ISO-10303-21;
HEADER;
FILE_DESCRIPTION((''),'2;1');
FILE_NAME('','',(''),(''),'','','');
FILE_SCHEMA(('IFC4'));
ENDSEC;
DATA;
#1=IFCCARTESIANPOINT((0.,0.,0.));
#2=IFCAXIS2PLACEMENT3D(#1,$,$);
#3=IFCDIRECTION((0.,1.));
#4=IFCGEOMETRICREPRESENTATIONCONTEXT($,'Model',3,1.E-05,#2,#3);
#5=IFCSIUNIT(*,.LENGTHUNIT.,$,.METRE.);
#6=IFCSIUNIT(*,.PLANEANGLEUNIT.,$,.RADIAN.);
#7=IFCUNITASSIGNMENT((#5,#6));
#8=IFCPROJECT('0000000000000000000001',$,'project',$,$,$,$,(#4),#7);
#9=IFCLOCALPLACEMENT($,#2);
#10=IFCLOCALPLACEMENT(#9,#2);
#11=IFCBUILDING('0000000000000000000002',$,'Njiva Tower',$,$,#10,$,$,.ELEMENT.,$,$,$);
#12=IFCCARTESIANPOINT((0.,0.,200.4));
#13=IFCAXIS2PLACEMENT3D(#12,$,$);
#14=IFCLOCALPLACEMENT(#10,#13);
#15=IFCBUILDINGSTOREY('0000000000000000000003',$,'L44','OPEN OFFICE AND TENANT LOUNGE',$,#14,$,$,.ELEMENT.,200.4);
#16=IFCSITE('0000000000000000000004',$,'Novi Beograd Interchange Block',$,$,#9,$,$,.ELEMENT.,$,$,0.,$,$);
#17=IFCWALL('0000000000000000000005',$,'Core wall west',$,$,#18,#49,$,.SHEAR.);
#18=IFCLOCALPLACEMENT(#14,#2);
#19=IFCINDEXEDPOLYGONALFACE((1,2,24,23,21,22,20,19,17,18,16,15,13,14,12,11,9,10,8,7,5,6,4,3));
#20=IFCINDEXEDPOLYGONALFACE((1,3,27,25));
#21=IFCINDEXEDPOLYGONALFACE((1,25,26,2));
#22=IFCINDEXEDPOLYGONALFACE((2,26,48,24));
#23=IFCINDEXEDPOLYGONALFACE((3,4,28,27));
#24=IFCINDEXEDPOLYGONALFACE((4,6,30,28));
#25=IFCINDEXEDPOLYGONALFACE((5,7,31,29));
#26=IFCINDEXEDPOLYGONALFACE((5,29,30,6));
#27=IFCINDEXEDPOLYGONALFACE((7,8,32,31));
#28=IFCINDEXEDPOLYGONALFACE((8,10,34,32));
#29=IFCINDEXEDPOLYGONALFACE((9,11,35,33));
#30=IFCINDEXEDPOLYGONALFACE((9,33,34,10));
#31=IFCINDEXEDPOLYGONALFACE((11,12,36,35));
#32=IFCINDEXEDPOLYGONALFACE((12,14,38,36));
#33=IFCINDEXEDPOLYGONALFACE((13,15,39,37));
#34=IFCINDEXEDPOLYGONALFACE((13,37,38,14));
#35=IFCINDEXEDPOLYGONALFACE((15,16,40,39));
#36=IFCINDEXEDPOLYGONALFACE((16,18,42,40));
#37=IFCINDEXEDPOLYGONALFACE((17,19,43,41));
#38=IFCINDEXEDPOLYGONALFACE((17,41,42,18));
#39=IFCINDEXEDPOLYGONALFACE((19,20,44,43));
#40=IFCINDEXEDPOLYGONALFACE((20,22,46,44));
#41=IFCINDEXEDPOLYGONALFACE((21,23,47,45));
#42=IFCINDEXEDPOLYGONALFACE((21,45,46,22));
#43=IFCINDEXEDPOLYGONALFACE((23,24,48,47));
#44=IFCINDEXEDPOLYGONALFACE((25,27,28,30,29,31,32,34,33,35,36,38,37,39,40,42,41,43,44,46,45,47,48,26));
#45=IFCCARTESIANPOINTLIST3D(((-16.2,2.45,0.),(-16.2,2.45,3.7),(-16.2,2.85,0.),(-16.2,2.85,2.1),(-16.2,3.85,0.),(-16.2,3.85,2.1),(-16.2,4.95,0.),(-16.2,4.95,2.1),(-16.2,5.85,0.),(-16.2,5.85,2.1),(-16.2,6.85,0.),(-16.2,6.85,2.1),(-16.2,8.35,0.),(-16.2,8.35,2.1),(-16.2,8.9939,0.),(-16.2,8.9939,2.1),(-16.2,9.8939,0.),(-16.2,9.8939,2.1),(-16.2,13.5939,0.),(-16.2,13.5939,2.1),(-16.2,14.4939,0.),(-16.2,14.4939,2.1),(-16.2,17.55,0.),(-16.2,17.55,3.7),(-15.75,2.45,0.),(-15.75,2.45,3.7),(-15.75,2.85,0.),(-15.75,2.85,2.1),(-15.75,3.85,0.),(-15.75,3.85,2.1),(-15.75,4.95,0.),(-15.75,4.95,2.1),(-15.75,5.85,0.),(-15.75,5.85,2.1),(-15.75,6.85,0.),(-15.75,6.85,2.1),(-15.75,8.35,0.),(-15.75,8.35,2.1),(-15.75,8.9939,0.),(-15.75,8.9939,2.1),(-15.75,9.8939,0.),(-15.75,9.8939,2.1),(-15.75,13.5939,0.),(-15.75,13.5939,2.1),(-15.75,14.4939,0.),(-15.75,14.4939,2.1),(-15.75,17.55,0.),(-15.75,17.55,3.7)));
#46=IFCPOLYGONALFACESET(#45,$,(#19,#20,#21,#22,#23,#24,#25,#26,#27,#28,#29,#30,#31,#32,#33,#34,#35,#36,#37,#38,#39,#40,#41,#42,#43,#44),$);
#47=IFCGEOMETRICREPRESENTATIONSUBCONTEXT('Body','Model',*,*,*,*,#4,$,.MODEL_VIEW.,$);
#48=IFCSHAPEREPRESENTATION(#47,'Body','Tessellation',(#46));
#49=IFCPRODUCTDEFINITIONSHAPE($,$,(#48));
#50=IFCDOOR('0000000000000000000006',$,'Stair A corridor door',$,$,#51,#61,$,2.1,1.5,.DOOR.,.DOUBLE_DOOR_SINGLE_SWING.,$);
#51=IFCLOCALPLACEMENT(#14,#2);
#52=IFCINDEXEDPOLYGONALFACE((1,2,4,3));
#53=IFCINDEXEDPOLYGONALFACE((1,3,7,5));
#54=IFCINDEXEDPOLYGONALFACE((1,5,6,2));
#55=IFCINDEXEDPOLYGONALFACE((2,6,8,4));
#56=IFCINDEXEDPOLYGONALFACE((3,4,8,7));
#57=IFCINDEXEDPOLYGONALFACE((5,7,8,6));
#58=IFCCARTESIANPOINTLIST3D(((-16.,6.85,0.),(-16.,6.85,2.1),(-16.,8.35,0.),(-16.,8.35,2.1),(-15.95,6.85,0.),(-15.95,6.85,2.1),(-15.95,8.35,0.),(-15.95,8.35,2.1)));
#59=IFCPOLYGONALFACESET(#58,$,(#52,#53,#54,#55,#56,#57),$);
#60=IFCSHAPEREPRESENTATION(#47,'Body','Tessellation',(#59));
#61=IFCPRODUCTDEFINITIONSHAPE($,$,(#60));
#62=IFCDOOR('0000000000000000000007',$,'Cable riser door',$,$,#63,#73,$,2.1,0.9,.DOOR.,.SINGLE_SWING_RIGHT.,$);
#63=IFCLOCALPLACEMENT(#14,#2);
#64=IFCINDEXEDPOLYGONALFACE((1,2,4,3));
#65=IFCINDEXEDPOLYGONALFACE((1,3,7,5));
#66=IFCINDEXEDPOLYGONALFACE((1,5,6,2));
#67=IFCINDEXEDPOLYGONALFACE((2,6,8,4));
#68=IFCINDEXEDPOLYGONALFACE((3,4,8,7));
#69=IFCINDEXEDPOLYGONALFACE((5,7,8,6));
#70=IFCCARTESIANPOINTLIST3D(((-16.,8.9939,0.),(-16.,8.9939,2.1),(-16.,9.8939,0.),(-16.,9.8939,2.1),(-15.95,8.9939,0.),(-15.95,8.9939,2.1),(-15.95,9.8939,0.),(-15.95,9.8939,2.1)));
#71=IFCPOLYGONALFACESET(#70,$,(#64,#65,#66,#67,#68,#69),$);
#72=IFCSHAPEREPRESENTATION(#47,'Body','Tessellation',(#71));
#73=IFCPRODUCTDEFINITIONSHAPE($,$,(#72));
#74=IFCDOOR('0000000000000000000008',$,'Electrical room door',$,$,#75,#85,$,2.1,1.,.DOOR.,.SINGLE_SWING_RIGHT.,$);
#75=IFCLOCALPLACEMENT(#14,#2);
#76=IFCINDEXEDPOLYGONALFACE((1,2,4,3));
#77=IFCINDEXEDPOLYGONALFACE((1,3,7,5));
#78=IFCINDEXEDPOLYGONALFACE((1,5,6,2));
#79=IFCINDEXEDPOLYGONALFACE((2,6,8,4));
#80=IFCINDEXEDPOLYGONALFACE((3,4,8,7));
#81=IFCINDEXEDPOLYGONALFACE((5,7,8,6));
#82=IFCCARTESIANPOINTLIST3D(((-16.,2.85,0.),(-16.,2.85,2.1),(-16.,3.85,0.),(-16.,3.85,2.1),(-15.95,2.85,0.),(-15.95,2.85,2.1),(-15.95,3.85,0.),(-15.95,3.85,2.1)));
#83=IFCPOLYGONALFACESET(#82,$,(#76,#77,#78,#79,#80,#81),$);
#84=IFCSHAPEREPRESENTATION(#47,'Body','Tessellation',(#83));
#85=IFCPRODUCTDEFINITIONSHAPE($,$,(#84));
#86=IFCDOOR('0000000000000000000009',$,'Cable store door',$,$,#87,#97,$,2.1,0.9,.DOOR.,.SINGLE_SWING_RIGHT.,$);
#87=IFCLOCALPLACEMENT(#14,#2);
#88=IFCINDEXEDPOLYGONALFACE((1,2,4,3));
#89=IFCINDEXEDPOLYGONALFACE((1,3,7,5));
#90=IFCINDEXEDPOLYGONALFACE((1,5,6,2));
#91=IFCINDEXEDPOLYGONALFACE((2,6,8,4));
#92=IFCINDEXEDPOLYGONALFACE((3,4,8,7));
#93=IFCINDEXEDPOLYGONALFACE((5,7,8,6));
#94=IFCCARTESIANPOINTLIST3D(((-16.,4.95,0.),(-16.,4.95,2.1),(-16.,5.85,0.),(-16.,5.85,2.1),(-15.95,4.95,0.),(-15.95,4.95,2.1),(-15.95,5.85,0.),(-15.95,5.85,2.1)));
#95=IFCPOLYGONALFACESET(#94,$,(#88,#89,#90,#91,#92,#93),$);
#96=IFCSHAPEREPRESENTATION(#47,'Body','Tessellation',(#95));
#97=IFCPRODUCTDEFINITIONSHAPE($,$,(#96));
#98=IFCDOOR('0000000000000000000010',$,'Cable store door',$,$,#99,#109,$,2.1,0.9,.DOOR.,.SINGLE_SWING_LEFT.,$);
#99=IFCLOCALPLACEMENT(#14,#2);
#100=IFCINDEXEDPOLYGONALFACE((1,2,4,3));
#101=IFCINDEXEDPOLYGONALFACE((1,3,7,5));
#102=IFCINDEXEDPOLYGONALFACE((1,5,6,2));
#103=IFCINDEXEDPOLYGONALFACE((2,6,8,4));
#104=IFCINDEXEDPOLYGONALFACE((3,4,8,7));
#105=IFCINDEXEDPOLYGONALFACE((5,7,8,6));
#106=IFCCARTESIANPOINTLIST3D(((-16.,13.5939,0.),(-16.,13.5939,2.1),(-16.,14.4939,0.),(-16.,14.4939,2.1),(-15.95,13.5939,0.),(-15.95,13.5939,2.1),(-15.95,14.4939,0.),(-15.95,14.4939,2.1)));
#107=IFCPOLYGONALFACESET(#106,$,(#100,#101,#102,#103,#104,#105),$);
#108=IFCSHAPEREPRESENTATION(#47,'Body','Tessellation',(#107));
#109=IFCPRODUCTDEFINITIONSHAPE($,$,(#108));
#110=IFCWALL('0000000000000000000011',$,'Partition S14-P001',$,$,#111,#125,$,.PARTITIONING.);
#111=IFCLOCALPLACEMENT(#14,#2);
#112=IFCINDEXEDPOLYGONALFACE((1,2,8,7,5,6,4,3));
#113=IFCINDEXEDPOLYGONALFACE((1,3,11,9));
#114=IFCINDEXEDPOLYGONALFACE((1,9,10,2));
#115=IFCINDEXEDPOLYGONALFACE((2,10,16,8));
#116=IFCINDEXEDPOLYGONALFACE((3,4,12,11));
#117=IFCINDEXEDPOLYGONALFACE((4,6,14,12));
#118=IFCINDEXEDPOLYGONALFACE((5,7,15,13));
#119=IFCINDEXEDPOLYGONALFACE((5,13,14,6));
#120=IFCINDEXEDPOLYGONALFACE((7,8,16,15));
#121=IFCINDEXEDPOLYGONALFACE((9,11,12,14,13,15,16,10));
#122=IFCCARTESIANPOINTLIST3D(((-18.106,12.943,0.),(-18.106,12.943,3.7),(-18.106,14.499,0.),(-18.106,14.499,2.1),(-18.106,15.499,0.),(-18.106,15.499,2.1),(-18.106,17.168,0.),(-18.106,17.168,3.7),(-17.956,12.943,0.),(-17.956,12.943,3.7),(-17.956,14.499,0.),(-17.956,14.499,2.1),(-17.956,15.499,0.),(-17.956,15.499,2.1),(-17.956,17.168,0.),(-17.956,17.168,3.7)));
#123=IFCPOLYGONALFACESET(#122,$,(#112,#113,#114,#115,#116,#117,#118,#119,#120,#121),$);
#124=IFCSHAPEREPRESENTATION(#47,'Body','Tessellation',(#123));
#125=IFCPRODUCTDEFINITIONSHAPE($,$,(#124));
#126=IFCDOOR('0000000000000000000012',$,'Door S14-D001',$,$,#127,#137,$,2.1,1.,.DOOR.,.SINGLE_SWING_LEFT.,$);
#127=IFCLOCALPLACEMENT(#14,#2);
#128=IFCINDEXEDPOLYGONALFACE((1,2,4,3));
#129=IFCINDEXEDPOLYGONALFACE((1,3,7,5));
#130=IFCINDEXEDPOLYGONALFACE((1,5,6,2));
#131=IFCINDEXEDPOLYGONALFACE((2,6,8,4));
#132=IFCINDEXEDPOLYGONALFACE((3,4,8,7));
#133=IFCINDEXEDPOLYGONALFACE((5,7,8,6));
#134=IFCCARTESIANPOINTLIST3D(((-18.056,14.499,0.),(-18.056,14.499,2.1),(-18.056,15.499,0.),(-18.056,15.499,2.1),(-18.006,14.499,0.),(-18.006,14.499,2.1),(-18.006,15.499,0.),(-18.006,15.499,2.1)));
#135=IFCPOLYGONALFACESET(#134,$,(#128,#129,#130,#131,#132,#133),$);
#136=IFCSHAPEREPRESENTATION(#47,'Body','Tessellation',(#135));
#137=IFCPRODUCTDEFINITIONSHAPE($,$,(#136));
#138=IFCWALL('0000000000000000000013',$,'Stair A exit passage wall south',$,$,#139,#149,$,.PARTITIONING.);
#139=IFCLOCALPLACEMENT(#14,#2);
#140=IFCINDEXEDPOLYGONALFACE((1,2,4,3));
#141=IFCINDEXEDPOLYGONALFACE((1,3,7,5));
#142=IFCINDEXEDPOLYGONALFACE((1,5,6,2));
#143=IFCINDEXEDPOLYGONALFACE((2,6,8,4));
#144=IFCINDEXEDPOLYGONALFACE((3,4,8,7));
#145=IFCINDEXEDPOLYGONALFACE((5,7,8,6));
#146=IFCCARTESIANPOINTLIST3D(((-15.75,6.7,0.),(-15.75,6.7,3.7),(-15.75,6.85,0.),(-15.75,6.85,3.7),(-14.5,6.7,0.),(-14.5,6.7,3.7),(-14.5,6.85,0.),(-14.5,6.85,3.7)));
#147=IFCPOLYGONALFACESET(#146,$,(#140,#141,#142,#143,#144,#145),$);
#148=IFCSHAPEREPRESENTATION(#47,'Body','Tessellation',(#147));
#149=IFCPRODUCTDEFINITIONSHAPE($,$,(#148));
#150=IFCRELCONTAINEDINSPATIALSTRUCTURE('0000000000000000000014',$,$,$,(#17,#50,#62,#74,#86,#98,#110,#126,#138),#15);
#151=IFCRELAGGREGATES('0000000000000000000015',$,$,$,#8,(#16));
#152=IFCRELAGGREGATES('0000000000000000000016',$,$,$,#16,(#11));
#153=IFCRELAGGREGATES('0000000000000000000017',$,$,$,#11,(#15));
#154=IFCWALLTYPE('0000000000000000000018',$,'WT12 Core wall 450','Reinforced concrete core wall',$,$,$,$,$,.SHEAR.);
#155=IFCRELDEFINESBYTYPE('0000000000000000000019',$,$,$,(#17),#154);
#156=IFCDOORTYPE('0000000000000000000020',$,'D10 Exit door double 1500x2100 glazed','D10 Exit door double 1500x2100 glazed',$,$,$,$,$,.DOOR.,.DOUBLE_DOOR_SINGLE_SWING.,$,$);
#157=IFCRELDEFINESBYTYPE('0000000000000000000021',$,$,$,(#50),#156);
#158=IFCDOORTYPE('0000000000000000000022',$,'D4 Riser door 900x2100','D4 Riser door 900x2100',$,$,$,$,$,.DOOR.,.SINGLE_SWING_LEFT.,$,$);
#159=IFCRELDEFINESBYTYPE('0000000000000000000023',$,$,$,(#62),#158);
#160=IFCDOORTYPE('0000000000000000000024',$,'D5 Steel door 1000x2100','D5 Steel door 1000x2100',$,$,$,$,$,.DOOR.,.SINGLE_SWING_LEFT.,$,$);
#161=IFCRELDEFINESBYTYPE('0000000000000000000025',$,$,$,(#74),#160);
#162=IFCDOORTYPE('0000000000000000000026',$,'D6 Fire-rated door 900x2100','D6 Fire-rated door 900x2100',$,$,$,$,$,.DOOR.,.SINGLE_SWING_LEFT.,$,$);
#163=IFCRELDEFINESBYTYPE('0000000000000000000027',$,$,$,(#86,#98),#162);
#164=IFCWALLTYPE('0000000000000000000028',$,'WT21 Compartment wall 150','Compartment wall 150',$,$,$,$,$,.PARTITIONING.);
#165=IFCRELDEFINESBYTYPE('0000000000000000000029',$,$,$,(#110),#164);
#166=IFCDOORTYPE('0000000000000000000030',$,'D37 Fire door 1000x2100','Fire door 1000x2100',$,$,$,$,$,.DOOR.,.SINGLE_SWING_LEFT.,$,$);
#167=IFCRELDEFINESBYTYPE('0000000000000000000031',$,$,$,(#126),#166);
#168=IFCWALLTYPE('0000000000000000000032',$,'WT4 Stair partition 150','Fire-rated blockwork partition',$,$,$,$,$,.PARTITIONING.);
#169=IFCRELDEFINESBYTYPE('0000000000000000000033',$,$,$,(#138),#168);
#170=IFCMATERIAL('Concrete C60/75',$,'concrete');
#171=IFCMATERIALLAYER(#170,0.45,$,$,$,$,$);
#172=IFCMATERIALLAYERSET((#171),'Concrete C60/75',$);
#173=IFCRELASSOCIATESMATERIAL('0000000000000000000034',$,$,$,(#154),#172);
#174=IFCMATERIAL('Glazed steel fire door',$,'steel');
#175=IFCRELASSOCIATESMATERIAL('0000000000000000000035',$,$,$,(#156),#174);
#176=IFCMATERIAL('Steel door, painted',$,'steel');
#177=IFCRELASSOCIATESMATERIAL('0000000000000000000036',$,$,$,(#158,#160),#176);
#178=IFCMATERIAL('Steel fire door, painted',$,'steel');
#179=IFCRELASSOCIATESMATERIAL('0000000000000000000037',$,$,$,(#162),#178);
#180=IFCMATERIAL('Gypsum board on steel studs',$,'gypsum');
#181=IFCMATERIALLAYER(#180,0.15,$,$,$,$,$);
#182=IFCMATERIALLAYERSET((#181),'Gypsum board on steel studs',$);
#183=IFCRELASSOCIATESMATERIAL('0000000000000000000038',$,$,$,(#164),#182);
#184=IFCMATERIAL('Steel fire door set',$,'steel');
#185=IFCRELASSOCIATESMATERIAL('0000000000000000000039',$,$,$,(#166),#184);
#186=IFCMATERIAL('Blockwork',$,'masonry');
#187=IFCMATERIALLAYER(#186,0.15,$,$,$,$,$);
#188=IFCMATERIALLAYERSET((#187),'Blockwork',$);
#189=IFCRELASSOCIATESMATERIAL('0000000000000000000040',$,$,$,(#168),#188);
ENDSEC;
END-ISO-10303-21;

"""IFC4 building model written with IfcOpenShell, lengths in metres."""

from ifc_helpers import new_model, si_unit, direction, frame, frame_2d, origin, place, context, subcontext, project, spatial, rectangle, extrude, material, layer, layer_set, type_object, element, fill, save


model = new_model("IFC4")

# Units and contexts
model_context = context("Model", 3, precision=1e-05, world=origin(), true_north=direction((0.0, 1.0)))
body_context = subcontext(model_context, "Body", "Model", "MODEL_VIEW")
ifc_project = project(units=[si_unit("LENGTHUNIT", "METRE"), si_unit("PLANEANGLEUNIT", "RADIAN")], contexts=[model_context])

# Site, building, storey
site_placement = place(None, origin())
site = spatial("IfcSite", under=ifc_project, at=site_placement, Name="Novi Beograd Interchange Block", CompositionType="ELEMENT", RefElevation=0.0)
building_placement = place(site_placement, origin())
building = spatial("IfcBuilding", under=site, at=building_placement, Name="Njiva Tower", CompositionType="ELEMENT")
storey_placement = place(building_placement, frame((0.0, 0.0, 200.4)))
storey = spatial("IfcBuildingStorey", under=building, at=storey_placement, Name="L44", Description="OPEN OFFICE AND TENANT LOUNGE", CompositionType="ELEMENT", Elevation=200.4)

# Shared definitions
ifc_material_1 = material(Name="Blockwork", Category="masonry")

# Wall, openings, doors
ifc_material_2 = material(Name="Concrete C60/75", Category="concrete")
ifc_layer_1 = layer(ifc_material_2, 0.45)
ifc_layer_set_1 = layer_set([ifc_layer_1], Name="Concrete C60/75")
wall_type_1 = type_object("IfcWallType", Name="WT12 Core wall 450", Description="Reinforced concrete core wall", PredefinedType="SHEAR", material=ifc_layer_set_1)
wall_1_placement = place(storey_placement, frame((-15.975, 2.45, 0.0), z_axis=(0.0, 0.0, 1.0), x_axis=(0.0, 1.0, 0.0)))
wall_1 = element("IfcWall", 1, at=wall_1_placement, inside=storey, type_object=wall_type_1, Name="Core wall west", PredefinedType="SHEAR", context=body_context, shape_type="SweptSolid", body=[
    extrude(rectangle(XDim=15.1, YDim=0.45, at=frame_2d((7.55, 0.0))), origin(), (0.0, 0.0, 1.0), 3.7),
])
opening_1_placement = place(wall_1_placement, frame((4.4, 0.0, 0.0)))
opening_1 = element("IfcOpeningElement", 2, at=opening_1_placement, cuts=wall_1, PredefinedType="OPENING", context=body_context, shape_type="SweptSolid", body=[
    extrude(rectangle(XDim=1.5, YDim=2.1, at=frame_2d((0.75, 1.05))), frame((0.0, 0.235, 0.0), z_axis=(0.0, -1.0, 0.0), x_axis=(1.0, 0.0, 0.0)), (0.0, 0.0, 1.0), 0.47),
])
opening_2_placement = place(wall_1_placement, frame((0.4, 0.0, 0.0)))
opening_2 = element("IfcOpeningElement", 3, at=opening_2_placement, cuts=wall_1, PredefinedType="OPENING", context=body_context, shape_type="SweptSolid", body=[
    extrude(rectangle(XDim=1.0, YDim=2.1, at=frame_2d((0.5, 1.05))), frame((0.0, 0.235, 0.0), z_axis=(0.0, -1.0, 0.0), x_axis=(1.0, 0.0, 0.0)), (0.0, 0.0, 1.0), 0.47),
])
opening_3_placement = place(wall_1_placement, frame((2.5, 0.0, 0.0)))
opening_3 = element("IfcOpeningElement", 4, at=opening_3_placement, cuts=wall_1, PredefinedType="OPENING", context=body_context, shape_type="SweptSolid", body=[
    extrude(rectangle(XDim=0.9, YDim=2.1, at=frame_2d((0.45, 1.05))), frame((0.0, 0.235, 0.0), z_axis=(0.0, -1.0, 0.0), x_axis=(1.0, 0.0, 0.0)), (0.0, 0.0, 1.0), 0.47),
])
opening_4_placement = place(wall_1_placement, frame((6.5439, 0.0, 0.0)))
opening_4 = element("IfcOpeningElement", 5, at=opening_4_placement, cuts=wall_1, PredefinedType="OPENING", context=body_context, shape_type="SweptSolid", body=[
    extrude(rectangle(XDim=0.9, YDim=2.1, at=frame_2d((0.45, 1.05))), frame((0.0, 0.235, 0.0), z_axis=(0.0, -1.0, 0.0), x_axis=(1.0, 0.0, 0.0)), (0.0, 0.0, 1.0), 0.47),
])
opening_5_placement = place(wall_1_placement, frame((11.1439, 0.0, 0.0)))
opening_5 = element("IfcOpeningElement", 6, at=opening_5_placement, cuts=wall_1, PredefinedType="OPENING", context=body_context, shape_type="SweptSolid", body=[
    extrude(rectangle(XDim=0.9, YDim=2.1, at=frame_2d((0.45, 1.05))), frame((0.0, 0.235, 0.0), z_axis=(0.0, -1.0, 0.0), x_axis=(1.0, 0.0, 0.0)), (0.0, 0.0, 1.0), 0.47),
])
ifc_material_3 = material(Name="Glazed steel fire door", Category="steel")
door_type_1 = type_object("IfcDoorType", Name="D10 Exit door double 1500x2100 glazed", Description="D10 Exit door double 1500x2100 glazed", OperationType="DOUBLE_DOOR_SINGLE_SWING", PredefinedType="DOOR", material=ifc_material_3)
door_1_placement = place(opening_1_placement, origin())
door_1 = element("IfcDoor", 7, at=door_1_placement, inside=storey, type_object=door_type_1, Name="Stair A corridor door", OperationType="DOUBLE_DOOR_SINGLE_SWING", OverallHeight=2.1, OverallWidth=1.5, PredefinedType="DOOR", context=body_context, shape_type="SweptSolid", body=[
    extrude(rectangle(XDim=1.5, YDim=2.1, at=frame_2d((0.75, 1.05))), frame((0.0, 0.025, 0.0), z_axis=(0.0, -1.0, 0.0), x_axis=(1.0, 0.0, 0.0)), (0.0, 0.0, 1.0), 0.05),
])
fill(opening_1, door_1)
ifc_material_4 = material(Name="Steel door, painted", Category="steel")
door_type_2 = type_object("IfcDoorType", Name="D4 Riser door 900x2100", Description="D4 Riser door 900x2100", OperationType="SINGLE_SWING_LEFT", PredefinedType="DOOR", material=ifc_material_4)
door_2_placement = place(opening_4_placement, origin())
door_2 = element("IfcDoor", 8, at=door_2_placement, inside=storey, type_object=door_type_2, Name="Cable riser door", OperationType="SINGLE_SWING_RIGHT", OverallHeight=2.1, OverallWidth=0.9, PredefinedType="DOOR", context=body_context, shape_type="SweptSolid", body=[
    extrude(rectangle(XDim=0.9, YDim=2.1, at=frame_2d((0.45, 1.05))), frame((0.0, 0.025, 0.0), z_axis=(0.0, -1.0, 0.0), x_axis=(1.0, 0.0, 0.0)), (0.0, 0.0, 1.0), 0.05),
])
fill(opening_4, door_2)
door_type_3 = type_object("IfcDoorType", Name="D5 Steel door 1000x2100", Description="D5 Steel door 1000x2100", OperationType="SINGLE_SWING_LEFT", PredefinedType="DOOR", material=ifc_material_4)
door_3_placement = place(opening_2_placement, origin())
door_3 = element("IfcDoor", 9, at=door_3_placement, inside=storey, type_object=door_type_3, Name="Electrical room door", OperationType="SINGLE_SWING_RIGHT", OverallHeight=2.1, OverallWidth=1.0, PredefinedType="DOOR", context=body_context, shape_type="SweptSolid", body=[
    extrude(rectangle(XDim=1.0, YDim=2.1, at=frame_2d((0.5, 1.05))), frame((0.0, 0.025, 0.0), z_axis=(0.0, -1.0, 0.0), x_axis=(1.0, 0.0, 0.0)), (0.0, 0.0, 1.0), 0.05),
])
fill(opening_2, door_3)
ifc_material_5 = material(Name="Steel fire door, painted", Category="steel")
door_type_4 = type_object("IfcDoorType", Name="D6 Fire-rated door 900x2100", Description="D6 Fire-rated door 900x2100", OperationType="SINGLE_SWING_LEFT", PredefinedType="DOOR", material=ifc_material_5)
door_4_placement = place(opening_3_placement, origin())
door_4 = element("IfcDoor", 10, at=door_4_placement, inside=storey, type_object=door_type_4, Name="Cable store door", OperationType="SINGLE_SWING_RIGHT", OverallHeight=2.1, OverallWidth=0.9, PredefinedType="DOOR", context=body_context, shape_type="SweptSolid", body=[
    extrude(rectangle(XDim=0.9, YDim=2.1, at=frame_2d((0.45, 1.05))), frame((0.0, 0.025, 0.0), z_axis=(0.0, -1.0, 0.0), x_axis=(1.0, 0.0, 0.0)), (0.0, 0.0, 1.0), 0.05),
])
fill(opening_3, door_4)
door_5_placement = place(opening_5_placement, origin())
door_5 = element("IfcDoor", 11, at=door_5_placement, inside=storey, type_object=door_type_4, Name="Cable store door", OperationType="SINGLE_SWING_LEFT", OverallHeight=2.1, OverallWidth=0.9, PredefinedType="DOOR", context=body_context, shape_type="SweptSolid", body=[
    extrude(rectangle(XDim=0.9, YDim=2.1, at=frame_2d((0.45, 1.05))), frame((0.0, 0.025, 0.0), z_axis=(0.0, -1.0, 0.0), x_axis=(1.0, 0.0, 0.0)), (0.0, 0.0, 1.0), 0.05),
])
fill(opening_5, door_5)

# Wall, opening, door
ifc_material_6 = material(Name="Gypsum board on steel studs", Category="gypsum")
ifc_layer_2 = layer(ifc_material_6, 0.15)
ifc_layer_set_2 = layer_set([ifc_layer_2], Name="Gypsum board on steel studs")
wall_type_2 = type_object("IfcWallType", Name="WT21 Compartment wall 150", Description="Compartment wall 150", PredefinedType="PARTITIONING", material=ifc_layer_set_2)
wall_2_placement = place(storey_placement, frame((-18.031, 12.943, 0.0), z_axis=(0.0, 0.0, 1.0), x_axis=(0.0, 1.0, 0.0)))
wall_2 = element("IfcWall", 12, at=wall_2_placement, inside=storey, type_object=wall_type_2, Name="Partition S14-P001", PredefinedType="PARTITIONING", context=body_context, shape_type="SweptSolid", body=[
    extrude(rectangle(XDim=4.225, YDim=0.15, at=frame_2d((2.1125, 0.0))), origin(), (0.0, 0.0, 1.0), 3.7),
])
opening_6_placement = place(wall_2_placement, frame((1.556, 0.0, 0.0)))
opening_6 = element("IfcOpeningElement", 13, at=opening_6_placement, cuts=wall_2, PredefinedType="OPENING", context=body_context, shape_type="SweptSolid", body=[
    extrude(rectangle(XDim=1.0, YDim=2.1, at=frame_2d((0.5, 1.05))), frame((0.0, 0.085, 0.0), z_axis=(0.0, -1.0, 0.0), x_axis=(1.0, 0.0, 0.0)), (0.0, 0.0, 1.0), 0.17),
])
ifc_material_7 = material(Name="Steel fire door set", Category="steel")
door_type_5 = type_object("IfcDoorType", Name="D37 Fire door 1000x2100", Description="Fire door 1000x2100", OperationType="SINGLE_SWING_LEFT", PredefinedType="DOOR", material=ifc_material_7)
door_6_placement = place(opening_6_placement, origin())
door_6 = element("IfcDoor", 14, at=door_6_placement, inside=storey, type_object=door_type_5, Name="Door S14-D001", OperationType="SINGLE_SWING_LEFT", OverallHeight=2.1, OverallWidth=1.0, PredefinedType="DOOR", context=body_context, shape_type="SweptSolid", body=[
    extrude(rectangle(XDim=1.0, YDim=2.1, at=frame_2d((0.5, 1.05))), frame((0.0, 0.025, 0.0), z_axis=(0.0, -1.0, 0.0), x_axis=(1.0, 0.0, 0.0)), (0.0, 0.0, 1.0), 0.05),
])
fill(opening_6, door_6)

# Wall
ifc_layer_3 = layer(ifc_material_1, 0.15)
ifc_layer_set_3 = layer_set([ifc_layer_3], Name="Blockwork")
wall_type_3 = type_object("IfcWallType", Name="WT4 Stair partition 150", Description="Fire-rated blockwork partition", PredefinedType="PARTITIONING", material=ifc_layer_set_3)
wall_3_placement = place(storey_placement, frame((-15.75, 6.775, 0.0), z_axis=(0.0, 0.0, 1.0), x_axis=(1.0, 0.0, 0.0)))
element("IfcWall", 15, at=wall_3_placement, inside=storey, type_object=wall_type_3, Name="Stair A exit passage wall south", PredefinedType="PARTITIONING", context=body_context, shape_type="SweptSolid", body=[
    extrude(rectangle(XDim=1.25, YDim=0.15, at=frame_2d((0.625, 0.0))), origin(), (0.0, 0.0, 1.0), 3.7),
])

save(model, "model.ifc")
